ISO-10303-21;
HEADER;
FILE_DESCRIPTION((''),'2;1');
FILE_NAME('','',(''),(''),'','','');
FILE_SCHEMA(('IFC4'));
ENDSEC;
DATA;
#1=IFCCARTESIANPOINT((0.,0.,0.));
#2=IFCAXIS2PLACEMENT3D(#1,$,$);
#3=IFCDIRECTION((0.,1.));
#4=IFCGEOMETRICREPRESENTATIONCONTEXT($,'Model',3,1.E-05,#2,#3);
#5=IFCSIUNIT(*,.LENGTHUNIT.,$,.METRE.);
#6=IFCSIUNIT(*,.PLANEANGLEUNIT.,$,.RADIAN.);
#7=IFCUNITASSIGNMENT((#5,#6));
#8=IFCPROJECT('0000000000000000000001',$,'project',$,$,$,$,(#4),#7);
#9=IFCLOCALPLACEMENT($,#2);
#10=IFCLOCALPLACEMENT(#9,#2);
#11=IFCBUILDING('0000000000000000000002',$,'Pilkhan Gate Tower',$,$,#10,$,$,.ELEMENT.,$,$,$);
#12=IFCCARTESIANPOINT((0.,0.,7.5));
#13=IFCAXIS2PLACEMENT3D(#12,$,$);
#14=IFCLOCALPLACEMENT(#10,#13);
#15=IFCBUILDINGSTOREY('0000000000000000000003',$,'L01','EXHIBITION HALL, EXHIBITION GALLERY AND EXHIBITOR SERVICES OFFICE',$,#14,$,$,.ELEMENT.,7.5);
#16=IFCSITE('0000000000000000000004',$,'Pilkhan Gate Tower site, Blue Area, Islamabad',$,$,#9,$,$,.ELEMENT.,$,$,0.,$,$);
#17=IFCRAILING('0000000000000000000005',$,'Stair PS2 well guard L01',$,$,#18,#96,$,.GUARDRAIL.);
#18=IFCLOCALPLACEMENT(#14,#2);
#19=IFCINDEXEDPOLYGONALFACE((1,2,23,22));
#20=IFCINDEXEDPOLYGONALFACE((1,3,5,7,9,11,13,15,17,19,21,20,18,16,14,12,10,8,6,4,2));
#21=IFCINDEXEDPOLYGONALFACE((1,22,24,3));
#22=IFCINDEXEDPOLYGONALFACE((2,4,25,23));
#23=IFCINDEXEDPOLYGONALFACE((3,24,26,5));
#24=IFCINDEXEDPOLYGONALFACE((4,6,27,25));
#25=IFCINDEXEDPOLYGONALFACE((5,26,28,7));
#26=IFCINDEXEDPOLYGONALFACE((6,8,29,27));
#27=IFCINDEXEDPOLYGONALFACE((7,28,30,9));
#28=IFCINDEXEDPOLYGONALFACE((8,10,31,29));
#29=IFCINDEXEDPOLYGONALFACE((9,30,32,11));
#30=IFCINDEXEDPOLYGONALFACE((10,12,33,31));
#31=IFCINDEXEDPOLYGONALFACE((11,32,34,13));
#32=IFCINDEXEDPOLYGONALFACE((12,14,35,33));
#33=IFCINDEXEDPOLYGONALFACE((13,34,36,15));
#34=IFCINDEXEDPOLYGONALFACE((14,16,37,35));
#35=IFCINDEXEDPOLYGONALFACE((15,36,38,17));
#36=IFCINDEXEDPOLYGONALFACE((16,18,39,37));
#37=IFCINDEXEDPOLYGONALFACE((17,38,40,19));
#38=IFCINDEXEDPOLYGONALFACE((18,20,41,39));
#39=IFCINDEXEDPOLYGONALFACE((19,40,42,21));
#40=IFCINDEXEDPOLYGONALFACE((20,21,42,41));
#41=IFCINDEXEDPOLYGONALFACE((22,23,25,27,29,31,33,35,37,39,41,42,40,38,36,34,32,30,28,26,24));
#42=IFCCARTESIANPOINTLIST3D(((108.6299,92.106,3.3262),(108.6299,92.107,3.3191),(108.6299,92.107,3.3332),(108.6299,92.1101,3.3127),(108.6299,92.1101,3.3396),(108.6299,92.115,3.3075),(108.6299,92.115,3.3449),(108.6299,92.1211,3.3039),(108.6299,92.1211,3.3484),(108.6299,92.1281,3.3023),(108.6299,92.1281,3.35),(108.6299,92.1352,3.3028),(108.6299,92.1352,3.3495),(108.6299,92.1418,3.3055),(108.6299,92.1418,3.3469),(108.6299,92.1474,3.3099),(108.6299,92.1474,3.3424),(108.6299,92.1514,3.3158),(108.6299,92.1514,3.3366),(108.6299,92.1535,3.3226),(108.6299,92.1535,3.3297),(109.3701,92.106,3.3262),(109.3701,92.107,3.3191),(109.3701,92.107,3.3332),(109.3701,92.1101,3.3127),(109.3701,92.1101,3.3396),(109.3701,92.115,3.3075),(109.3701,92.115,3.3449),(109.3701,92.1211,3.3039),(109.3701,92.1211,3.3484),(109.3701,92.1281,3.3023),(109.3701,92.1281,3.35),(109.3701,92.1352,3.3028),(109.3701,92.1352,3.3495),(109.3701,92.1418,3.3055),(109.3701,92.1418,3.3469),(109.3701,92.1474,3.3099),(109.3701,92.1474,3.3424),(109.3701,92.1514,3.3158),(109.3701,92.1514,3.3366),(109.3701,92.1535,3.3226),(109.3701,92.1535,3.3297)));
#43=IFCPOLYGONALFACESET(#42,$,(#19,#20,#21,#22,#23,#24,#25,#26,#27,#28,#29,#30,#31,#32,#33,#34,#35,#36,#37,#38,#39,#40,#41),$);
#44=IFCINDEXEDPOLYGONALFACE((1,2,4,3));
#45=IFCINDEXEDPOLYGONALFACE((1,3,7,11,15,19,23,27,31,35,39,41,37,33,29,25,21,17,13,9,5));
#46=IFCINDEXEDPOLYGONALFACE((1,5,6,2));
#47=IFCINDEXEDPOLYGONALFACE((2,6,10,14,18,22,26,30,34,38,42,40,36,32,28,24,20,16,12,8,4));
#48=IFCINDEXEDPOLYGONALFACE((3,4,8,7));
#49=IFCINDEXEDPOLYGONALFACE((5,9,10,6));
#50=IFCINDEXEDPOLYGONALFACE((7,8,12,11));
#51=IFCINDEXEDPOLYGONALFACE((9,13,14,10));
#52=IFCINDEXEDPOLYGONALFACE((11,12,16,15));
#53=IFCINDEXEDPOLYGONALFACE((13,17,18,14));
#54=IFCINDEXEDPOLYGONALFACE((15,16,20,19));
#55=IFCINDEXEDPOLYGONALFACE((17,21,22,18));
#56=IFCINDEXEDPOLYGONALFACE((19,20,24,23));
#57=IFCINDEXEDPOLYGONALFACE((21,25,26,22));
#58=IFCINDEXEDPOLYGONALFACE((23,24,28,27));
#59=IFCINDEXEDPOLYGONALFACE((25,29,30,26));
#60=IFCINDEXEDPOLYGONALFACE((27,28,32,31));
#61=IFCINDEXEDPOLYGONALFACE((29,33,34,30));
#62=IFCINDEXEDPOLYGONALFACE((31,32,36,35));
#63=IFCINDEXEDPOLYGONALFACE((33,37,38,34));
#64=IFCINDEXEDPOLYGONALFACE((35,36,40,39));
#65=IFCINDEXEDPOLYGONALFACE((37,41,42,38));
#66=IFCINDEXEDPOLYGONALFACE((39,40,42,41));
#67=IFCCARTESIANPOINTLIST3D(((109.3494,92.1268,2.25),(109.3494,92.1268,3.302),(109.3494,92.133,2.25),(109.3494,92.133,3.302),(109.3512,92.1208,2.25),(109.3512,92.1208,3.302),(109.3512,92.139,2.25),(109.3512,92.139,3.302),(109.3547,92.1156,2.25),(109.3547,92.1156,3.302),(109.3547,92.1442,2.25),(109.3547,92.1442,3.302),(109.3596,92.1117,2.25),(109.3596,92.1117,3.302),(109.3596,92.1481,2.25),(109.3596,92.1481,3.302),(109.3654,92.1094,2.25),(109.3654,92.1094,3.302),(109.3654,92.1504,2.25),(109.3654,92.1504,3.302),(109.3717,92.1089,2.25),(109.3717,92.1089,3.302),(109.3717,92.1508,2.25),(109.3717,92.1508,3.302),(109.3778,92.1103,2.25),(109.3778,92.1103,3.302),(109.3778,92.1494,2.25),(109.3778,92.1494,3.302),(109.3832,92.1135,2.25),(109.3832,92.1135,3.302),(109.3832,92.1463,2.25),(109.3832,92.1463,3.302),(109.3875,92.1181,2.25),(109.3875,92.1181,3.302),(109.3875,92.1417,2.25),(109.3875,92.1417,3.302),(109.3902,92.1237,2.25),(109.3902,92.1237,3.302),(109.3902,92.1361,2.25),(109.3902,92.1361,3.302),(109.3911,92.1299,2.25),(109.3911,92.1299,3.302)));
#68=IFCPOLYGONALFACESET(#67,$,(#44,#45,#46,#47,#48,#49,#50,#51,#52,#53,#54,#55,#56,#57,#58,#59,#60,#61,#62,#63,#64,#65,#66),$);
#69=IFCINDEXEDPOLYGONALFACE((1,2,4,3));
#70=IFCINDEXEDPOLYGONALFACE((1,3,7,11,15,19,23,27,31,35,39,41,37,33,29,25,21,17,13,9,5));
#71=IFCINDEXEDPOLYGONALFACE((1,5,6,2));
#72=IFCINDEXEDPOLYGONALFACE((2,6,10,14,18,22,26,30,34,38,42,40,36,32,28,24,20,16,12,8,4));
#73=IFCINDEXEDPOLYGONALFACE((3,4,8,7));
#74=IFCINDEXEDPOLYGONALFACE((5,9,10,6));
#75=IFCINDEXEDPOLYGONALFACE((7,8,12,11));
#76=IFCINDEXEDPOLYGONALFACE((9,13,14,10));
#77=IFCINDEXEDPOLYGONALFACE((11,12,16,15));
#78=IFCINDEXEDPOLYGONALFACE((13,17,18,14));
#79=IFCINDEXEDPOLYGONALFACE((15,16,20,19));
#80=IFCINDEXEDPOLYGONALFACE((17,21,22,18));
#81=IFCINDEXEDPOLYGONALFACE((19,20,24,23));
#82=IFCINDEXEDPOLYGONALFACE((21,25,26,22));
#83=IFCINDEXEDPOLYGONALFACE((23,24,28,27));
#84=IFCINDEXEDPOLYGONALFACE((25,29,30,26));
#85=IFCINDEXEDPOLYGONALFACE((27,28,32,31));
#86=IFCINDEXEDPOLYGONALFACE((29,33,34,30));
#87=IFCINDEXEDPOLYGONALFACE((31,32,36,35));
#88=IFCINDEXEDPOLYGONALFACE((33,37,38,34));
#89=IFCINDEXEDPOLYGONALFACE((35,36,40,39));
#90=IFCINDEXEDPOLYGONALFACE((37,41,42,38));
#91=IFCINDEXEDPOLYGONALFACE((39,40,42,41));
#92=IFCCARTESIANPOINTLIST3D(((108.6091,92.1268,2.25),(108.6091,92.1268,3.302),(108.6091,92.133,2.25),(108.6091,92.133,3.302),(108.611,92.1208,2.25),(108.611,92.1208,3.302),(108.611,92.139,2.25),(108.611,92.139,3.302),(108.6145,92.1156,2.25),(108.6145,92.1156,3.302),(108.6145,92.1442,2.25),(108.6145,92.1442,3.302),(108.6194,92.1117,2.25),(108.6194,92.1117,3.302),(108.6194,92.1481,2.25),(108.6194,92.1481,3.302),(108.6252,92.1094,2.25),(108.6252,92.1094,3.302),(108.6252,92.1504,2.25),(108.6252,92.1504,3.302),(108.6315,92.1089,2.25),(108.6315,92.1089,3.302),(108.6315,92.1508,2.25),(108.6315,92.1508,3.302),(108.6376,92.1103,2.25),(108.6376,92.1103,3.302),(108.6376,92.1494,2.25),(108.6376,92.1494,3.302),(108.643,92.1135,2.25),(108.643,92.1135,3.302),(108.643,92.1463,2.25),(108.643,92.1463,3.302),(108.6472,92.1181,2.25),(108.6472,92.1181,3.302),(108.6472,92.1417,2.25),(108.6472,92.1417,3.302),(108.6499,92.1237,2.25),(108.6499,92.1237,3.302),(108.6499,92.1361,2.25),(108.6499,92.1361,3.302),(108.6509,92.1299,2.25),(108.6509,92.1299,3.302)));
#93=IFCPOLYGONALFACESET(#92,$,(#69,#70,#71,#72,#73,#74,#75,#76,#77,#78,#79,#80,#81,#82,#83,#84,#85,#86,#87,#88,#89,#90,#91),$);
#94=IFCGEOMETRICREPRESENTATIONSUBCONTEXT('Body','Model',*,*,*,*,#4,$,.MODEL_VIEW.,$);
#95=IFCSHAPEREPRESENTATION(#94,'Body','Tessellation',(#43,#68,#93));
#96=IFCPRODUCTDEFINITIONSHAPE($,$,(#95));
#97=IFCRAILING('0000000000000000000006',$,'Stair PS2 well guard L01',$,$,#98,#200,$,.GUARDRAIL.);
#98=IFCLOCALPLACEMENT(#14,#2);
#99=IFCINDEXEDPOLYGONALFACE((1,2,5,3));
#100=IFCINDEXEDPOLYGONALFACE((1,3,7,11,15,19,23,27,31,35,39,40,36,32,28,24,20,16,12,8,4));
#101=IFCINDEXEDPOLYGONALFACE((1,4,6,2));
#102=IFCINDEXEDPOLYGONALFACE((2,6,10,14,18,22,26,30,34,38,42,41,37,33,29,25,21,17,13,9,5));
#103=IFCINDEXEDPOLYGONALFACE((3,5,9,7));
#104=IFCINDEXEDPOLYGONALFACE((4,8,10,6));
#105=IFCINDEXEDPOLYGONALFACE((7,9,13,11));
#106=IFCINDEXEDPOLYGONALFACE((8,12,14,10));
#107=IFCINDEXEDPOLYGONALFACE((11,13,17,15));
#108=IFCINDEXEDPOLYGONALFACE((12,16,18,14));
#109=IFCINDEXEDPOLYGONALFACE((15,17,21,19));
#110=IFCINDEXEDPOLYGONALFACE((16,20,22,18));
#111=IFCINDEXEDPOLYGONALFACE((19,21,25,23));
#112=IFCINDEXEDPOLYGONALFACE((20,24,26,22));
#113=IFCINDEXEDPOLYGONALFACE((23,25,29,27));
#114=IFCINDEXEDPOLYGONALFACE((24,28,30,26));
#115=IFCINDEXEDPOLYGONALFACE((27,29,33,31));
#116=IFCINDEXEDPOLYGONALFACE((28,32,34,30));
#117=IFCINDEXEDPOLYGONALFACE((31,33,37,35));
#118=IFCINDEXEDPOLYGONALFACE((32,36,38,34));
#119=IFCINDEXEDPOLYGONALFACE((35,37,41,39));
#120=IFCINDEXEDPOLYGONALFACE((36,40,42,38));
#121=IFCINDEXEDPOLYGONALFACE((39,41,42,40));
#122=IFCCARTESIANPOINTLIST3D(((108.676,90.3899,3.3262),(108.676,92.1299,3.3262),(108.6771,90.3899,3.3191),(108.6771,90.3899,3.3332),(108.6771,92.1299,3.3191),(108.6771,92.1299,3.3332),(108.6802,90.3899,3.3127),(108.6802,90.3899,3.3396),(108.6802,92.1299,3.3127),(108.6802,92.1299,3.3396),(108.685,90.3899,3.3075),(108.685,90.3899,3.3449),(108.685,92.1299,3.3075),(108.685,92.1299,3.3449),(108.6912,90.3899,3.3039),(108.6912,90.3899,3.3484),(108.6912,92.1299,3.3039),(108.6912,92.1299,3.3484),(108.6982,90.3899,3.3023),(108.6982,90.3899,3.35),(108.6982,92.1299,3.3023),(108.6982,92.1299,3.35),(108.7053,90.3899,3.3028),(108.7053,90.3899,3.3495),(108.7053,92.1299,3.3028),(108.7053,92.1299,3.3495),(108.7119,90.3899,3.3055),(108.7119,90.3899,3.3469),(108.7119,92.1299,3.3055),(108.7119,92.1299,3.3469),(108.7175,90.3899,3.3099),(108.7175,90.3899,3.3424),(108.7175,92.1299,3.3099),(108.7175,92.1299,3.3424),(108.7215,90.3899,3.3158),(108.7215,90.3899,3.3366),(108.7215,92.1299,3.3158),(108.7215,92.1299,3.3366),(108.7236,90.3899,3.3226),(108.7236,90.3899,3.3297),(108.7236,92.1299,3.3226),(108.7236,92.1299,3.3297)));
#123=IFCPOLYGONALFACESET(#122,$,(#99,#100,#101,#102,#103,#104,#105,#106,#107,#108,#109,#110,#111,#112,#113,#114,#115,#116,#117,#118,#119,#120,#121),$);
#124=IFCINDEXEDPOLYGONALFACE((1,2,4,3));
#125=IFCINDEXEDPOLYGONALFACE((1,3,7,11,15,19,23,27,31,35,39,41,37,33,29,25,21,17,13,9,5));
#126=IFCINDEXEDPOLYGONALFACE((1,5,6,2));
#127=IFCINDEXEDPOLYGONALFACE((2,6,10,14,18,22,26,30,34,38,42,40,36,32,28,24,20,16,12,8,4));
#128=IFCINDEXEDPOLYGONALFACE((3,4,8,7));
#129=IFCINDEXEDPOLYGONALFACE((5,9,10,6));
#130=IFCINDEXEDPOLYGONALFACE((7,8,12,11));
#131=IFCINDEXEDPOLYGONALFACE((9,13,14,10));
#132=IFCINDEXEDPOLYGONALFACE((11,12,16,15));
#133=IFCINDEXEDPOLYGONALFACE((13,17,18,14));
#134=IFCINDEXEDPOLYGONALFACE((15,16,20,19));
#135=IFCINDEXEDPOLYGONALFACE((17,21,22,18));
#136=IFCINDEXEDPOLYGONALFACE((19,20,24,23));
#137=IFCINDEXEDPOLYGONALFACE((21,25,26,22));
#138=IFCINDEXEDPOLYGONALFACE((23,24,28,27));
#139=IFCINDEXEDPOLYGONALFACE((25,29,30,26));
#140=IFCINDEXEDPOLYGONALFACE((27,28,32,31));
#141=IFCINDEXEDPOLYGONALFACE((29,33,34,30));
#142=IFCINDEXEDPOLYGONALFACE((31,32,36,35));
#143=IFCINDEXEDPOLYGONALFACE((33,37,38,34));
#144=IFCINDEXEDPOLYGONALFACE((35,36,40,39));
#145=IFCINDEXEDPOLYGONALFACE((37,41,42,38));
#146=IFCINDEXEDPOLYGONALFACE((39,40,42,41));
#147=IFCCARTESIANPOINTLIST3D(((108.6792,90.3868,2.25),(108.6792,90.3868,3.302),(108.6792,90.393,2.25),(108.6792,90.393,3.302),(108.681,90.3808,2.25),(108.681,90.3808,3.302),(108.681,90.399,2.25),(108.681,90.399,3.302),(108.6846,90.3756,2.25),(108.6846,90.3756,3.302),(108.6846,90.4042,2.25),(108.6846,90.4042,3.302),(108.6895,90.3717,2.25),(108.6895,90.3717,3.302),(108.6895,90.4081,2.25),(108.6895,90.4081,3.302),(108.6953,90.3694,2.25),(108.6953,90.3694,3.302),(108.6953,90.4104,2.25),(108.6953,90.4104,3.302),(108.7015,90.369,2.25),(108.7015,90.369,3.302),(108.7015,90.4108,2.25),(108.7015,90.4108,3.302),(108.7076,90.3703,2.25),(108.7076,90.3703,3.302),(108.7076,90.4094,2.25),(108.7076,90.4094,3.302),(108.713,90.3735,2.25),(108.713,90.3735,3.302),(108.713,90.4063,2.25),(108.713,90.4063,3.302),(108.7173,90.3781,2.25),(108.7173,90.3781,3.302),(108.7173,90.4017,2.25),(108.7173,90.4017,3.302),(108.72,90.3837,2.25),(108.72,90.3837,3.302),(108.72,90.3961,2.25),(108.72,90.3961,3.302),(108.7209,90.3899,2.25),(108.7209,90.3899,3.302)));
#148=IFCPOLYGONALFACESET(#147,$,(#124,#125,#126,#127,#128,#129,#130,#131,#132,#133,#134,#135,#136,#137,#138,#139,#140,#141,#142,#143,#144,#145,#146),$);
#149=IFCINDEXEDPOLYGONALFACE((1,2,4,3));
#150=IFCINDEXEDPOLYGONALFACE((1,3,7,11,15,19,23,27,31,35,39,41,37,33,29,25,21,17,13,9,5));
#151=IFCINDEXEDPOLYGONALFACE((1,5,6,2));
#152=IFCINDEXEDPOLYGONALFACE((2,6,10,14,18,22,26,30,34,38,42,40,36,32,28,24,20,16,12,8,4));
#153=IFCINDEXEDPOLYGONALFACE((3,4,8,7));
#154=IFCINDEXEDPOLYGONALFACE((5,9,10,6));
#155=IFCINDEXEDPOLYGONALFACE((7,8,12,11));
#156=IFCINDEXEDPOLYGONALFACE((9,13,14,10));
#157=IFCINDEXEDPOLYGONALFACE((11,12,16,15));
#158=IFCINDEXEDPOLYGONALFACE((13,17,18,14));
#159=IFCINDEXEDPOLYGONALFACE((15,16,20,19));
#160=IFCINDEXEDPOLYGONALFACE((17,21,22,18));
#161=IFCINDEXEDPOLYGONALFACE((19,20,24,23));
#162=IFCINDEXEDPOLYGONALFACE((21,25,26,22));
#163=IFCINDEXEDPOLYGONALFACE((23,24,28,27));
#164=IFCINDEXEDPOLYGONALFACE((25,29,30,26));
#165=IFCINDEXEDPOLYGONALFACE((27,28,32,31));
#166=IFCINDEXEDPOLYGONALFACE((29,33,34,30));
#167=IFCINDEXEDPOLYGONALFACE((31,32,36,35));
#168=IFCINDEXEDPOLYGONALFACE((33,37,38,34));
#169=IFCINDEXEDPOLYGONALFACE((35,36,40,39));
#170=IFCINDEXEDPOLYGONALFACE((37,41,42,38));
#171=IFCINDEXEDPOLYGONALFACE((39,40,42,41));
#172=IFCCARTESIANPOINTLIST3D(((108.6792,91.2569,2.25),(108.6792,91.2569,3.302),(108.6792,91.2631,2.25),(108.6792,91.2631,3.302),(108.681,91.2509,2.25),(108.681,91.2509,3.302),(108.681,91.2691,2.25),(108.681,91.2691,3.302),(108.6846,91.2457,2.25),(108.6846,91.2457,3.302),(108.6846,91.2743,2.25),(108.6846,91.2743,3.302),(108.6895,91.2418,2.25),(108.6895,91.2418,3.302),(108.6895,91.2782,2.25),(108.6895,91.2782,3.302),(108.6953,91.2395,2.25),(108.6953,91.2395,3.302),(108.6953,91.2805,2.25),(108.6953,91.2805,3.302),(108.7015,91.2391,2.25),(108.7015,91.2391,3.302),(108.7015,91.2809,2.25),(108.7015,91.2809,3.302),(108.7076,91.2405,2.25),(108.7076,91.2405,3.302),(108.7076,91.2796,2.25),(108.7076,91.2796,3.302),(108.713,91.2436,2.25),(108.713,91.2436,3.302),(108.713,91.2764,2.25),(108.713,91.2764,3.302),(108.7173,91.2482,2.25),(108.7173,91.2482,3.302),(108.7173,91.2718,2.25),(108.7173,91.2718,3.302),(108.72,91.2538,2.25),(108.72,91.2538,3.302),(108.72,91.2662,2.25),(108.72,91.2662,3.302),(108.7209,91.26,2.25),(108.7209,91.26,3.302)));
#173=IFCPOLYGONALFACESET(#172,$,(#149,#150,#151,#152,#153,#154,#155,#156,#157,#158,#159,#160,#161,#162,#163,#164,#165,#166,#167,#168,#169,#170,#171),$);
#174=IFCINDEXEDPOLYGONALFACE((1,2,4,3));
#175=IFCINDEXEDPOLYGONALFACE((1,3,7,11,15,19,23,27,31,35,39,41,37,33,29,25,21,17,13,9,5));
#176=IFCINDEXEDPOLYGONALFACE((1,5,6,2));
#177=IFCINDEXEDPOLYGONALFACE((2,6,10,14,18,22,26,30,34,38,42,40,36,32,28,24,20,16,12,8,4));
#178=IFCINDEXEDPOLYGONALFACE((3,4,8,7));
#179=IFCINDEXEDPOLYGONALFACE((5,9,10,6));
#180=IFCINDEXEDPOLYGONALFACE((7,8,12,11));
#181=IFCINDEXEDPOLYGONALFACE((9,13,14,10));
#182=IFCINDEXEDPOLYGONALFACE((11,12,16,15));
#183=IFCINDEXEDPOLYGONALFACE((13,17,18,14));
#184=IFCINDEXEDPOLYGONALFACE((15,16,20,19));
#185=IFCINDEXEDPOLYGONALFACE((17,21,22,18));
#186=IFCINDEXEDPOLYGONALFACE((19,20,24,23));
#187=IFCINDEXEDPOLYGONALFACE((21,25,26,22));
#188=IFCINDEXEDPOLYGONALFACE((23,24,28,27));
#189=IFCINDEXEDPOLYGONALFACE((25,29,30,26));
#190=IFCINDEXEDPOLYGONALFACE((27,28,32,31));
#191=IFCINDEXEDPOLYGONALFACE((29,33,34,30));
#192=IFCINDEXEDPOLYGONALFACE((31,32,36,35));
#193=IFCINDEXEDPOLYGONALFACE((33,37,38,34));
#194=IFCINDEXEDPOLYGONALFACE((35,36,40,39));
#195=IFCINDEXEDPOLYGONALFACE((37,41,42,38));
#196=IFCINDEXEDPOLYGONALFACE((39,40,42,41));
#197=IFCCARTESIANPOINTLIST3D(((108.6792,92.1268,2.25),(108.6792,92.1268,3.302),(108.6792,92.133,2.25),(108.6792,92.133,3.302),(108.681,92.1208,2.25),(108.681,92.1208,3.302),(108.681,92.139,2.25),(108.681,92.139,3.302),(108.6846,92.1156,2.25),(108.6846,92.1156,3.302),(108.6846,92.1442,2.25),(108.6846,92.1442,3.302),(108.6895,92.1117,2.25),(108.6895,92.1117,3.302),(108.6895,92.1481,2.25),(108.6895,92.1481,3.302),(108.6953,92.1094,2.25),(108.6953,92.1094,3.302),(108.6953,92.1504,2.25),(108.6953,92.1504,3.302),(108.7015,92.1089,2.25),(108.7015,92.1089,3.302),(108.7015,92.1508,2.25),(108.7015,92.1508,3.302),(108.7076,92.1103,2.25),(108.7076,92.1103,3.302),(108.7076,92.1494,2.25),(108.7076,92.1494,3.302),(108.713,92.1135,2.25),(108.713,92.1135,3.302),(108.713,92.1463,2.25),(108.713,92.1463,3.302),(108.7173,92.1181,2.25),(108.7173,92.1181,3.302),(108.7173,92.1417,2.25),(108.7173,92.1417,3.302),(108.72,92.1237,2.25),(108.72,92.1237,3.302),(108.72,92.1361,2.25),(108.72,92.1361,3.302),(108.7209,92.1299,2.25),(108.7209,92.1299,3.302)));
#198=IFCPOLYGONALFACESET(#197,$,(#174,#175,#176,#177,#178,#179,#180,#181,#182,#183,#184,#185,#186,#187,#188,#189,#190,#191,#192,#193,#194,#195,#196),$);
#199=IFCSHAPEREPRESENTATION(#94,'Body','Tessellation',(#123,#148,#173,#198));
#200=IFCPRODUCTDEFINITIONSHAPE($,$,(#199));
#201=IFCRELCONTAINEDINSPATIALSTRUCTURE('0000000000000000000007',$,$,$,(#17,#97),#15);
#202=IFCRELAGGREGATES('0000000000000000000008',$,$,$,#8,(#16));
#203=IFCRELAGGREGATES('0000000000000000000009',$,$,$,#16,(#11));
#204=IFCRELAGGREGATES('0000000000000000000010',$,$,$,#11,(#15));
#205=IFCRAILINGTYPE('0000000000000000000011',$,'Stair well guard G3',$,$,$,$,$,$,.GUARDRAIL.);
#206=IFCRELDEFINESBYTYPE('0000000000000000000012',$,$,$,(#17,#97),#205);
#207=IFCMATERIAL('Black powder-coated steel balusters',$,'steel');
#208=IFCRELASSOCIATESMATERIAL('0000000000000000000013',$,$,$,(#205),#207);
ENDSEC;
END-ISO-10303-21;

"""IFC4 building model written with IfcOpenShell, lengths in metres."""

from ifc_helpers import new_model, si_unit, direction, frame, origin, origin_2d, place, context, subcontext, project, spatial, circle, extrude, material, type_object, element, save


model = new_model("IFC4")

# Units and contexts
model_context = context("Model", 3, precision=1e-05, world=origin(), true_north=direction((0.0, 1.0)))
body_context = subcontext(model_context, "Body", "Model", "MODEL_VIEW")
ifc_project = project(units=[si_unit("LENGTHUNIT", "METRE"), si_unit("PLANEANGLEUNIT", "RADIAN")], contexts=[model_context])

# Site, building, storey
site_placement = place(None, origin())
site = spatial("IfcSite", under=ifc_project, at=site_placement, Name="Pilkhan Gate Tower site, Blue Area, Islamabad", CompositionType="ELEMENT", RefElevation=0.0)
building_placement = place(site_placement, origin())
building = spatial("IfcBuilding", under=site, at=building_placement, Name="Pilkhan Gate Tower", CompositionType="ELEMENT")
storey_placement = place(building_placement, frame((0.0, 0.0, 7.5)))
storey = spatial("IfcBuildingStorey", under=building, at=storey_placement, Name="L01", Description="EXHIBITION HALL, EXHIBITION GALLERY AND EXHIBITOR SERVICES OFFICE", CompositionType="ELEMENT", Elevation=7.5)

# Railings
ifc_material_1 = material(Name="Black powder-coated steel balusters", Category="steel")
railing_type_1 = type_object("IfcRailingType", Name="Stair well guard G3", PredefinedType="GUARDRAIL", material=ifc_material_1)
railing_1_placement = place(storey_placement, frame((109.3701, 92.1299, 2.25)))
element("IfcRailing", 1, at=railing_1_placement, inside=storey, type_object=railing_type_1, Name="Stair PS2 well guard L01", PredefinedType="GUARDRAIL", context=body_context, shape_type="SweptSolid", body=[
    extrude(circle(Radius=0.0239, at=origin_2d()), frame((0.0, 0.0, 1.0762), z_axis=(-1.0, 0.0, 0.0), x_axis=(0.0, -1.0, 0.0)), (0.0, 0.0, 1.0), 0.7402),
    extrude(circle(Radius=0.021, at=origin_2d()), origin(), (0.0, 0.0, 1.0), 1.052),
    extrude(circle(Radius=0.021, at=origin_2d()), frame((-0.7402, 0.0, 0.0)), (0.0, 0.0, 1.0), 1.052),
])
railing_2_placement = place(storey_placement, frame((108.7, 90.3899, 2.25)))
element("IfcRailing", 2, at=railing_2_placement, inside=storey, type_object=railing_type_1, Name="Stair PS2 well guard L01", PredefinedType="GUARDRAIL", context=body_context, shape_type="SweptSolid", body=[
    extrude(circle(Radius=0.0239, at=origin_2d()), frame((0.0, 0.0, 1.0762), z_axis=(0.0, 1.0, 0.0), x_axis=(-1.0, 0.0, 0.0)), (0.0, 0.0, 1.0), 1.74),
    extrude(circle(Radius=0.021, at=origin_2d()), origin(), (0.0, 0.0, 1.0), 1.052),
    extrude(circle(Radius=0.021, at=origin_2d()), frame((0.0, 0.8701, 0.0)), (0.0, 0.0, 1.0), 1.052),
    extrude(circle(Radius=0.021, at=origin_2d()), frame((0.0, 1.74, 0.0)), (0.0, 0.0, 1.0), 1.052),
])

save(model, "model.ifc")
